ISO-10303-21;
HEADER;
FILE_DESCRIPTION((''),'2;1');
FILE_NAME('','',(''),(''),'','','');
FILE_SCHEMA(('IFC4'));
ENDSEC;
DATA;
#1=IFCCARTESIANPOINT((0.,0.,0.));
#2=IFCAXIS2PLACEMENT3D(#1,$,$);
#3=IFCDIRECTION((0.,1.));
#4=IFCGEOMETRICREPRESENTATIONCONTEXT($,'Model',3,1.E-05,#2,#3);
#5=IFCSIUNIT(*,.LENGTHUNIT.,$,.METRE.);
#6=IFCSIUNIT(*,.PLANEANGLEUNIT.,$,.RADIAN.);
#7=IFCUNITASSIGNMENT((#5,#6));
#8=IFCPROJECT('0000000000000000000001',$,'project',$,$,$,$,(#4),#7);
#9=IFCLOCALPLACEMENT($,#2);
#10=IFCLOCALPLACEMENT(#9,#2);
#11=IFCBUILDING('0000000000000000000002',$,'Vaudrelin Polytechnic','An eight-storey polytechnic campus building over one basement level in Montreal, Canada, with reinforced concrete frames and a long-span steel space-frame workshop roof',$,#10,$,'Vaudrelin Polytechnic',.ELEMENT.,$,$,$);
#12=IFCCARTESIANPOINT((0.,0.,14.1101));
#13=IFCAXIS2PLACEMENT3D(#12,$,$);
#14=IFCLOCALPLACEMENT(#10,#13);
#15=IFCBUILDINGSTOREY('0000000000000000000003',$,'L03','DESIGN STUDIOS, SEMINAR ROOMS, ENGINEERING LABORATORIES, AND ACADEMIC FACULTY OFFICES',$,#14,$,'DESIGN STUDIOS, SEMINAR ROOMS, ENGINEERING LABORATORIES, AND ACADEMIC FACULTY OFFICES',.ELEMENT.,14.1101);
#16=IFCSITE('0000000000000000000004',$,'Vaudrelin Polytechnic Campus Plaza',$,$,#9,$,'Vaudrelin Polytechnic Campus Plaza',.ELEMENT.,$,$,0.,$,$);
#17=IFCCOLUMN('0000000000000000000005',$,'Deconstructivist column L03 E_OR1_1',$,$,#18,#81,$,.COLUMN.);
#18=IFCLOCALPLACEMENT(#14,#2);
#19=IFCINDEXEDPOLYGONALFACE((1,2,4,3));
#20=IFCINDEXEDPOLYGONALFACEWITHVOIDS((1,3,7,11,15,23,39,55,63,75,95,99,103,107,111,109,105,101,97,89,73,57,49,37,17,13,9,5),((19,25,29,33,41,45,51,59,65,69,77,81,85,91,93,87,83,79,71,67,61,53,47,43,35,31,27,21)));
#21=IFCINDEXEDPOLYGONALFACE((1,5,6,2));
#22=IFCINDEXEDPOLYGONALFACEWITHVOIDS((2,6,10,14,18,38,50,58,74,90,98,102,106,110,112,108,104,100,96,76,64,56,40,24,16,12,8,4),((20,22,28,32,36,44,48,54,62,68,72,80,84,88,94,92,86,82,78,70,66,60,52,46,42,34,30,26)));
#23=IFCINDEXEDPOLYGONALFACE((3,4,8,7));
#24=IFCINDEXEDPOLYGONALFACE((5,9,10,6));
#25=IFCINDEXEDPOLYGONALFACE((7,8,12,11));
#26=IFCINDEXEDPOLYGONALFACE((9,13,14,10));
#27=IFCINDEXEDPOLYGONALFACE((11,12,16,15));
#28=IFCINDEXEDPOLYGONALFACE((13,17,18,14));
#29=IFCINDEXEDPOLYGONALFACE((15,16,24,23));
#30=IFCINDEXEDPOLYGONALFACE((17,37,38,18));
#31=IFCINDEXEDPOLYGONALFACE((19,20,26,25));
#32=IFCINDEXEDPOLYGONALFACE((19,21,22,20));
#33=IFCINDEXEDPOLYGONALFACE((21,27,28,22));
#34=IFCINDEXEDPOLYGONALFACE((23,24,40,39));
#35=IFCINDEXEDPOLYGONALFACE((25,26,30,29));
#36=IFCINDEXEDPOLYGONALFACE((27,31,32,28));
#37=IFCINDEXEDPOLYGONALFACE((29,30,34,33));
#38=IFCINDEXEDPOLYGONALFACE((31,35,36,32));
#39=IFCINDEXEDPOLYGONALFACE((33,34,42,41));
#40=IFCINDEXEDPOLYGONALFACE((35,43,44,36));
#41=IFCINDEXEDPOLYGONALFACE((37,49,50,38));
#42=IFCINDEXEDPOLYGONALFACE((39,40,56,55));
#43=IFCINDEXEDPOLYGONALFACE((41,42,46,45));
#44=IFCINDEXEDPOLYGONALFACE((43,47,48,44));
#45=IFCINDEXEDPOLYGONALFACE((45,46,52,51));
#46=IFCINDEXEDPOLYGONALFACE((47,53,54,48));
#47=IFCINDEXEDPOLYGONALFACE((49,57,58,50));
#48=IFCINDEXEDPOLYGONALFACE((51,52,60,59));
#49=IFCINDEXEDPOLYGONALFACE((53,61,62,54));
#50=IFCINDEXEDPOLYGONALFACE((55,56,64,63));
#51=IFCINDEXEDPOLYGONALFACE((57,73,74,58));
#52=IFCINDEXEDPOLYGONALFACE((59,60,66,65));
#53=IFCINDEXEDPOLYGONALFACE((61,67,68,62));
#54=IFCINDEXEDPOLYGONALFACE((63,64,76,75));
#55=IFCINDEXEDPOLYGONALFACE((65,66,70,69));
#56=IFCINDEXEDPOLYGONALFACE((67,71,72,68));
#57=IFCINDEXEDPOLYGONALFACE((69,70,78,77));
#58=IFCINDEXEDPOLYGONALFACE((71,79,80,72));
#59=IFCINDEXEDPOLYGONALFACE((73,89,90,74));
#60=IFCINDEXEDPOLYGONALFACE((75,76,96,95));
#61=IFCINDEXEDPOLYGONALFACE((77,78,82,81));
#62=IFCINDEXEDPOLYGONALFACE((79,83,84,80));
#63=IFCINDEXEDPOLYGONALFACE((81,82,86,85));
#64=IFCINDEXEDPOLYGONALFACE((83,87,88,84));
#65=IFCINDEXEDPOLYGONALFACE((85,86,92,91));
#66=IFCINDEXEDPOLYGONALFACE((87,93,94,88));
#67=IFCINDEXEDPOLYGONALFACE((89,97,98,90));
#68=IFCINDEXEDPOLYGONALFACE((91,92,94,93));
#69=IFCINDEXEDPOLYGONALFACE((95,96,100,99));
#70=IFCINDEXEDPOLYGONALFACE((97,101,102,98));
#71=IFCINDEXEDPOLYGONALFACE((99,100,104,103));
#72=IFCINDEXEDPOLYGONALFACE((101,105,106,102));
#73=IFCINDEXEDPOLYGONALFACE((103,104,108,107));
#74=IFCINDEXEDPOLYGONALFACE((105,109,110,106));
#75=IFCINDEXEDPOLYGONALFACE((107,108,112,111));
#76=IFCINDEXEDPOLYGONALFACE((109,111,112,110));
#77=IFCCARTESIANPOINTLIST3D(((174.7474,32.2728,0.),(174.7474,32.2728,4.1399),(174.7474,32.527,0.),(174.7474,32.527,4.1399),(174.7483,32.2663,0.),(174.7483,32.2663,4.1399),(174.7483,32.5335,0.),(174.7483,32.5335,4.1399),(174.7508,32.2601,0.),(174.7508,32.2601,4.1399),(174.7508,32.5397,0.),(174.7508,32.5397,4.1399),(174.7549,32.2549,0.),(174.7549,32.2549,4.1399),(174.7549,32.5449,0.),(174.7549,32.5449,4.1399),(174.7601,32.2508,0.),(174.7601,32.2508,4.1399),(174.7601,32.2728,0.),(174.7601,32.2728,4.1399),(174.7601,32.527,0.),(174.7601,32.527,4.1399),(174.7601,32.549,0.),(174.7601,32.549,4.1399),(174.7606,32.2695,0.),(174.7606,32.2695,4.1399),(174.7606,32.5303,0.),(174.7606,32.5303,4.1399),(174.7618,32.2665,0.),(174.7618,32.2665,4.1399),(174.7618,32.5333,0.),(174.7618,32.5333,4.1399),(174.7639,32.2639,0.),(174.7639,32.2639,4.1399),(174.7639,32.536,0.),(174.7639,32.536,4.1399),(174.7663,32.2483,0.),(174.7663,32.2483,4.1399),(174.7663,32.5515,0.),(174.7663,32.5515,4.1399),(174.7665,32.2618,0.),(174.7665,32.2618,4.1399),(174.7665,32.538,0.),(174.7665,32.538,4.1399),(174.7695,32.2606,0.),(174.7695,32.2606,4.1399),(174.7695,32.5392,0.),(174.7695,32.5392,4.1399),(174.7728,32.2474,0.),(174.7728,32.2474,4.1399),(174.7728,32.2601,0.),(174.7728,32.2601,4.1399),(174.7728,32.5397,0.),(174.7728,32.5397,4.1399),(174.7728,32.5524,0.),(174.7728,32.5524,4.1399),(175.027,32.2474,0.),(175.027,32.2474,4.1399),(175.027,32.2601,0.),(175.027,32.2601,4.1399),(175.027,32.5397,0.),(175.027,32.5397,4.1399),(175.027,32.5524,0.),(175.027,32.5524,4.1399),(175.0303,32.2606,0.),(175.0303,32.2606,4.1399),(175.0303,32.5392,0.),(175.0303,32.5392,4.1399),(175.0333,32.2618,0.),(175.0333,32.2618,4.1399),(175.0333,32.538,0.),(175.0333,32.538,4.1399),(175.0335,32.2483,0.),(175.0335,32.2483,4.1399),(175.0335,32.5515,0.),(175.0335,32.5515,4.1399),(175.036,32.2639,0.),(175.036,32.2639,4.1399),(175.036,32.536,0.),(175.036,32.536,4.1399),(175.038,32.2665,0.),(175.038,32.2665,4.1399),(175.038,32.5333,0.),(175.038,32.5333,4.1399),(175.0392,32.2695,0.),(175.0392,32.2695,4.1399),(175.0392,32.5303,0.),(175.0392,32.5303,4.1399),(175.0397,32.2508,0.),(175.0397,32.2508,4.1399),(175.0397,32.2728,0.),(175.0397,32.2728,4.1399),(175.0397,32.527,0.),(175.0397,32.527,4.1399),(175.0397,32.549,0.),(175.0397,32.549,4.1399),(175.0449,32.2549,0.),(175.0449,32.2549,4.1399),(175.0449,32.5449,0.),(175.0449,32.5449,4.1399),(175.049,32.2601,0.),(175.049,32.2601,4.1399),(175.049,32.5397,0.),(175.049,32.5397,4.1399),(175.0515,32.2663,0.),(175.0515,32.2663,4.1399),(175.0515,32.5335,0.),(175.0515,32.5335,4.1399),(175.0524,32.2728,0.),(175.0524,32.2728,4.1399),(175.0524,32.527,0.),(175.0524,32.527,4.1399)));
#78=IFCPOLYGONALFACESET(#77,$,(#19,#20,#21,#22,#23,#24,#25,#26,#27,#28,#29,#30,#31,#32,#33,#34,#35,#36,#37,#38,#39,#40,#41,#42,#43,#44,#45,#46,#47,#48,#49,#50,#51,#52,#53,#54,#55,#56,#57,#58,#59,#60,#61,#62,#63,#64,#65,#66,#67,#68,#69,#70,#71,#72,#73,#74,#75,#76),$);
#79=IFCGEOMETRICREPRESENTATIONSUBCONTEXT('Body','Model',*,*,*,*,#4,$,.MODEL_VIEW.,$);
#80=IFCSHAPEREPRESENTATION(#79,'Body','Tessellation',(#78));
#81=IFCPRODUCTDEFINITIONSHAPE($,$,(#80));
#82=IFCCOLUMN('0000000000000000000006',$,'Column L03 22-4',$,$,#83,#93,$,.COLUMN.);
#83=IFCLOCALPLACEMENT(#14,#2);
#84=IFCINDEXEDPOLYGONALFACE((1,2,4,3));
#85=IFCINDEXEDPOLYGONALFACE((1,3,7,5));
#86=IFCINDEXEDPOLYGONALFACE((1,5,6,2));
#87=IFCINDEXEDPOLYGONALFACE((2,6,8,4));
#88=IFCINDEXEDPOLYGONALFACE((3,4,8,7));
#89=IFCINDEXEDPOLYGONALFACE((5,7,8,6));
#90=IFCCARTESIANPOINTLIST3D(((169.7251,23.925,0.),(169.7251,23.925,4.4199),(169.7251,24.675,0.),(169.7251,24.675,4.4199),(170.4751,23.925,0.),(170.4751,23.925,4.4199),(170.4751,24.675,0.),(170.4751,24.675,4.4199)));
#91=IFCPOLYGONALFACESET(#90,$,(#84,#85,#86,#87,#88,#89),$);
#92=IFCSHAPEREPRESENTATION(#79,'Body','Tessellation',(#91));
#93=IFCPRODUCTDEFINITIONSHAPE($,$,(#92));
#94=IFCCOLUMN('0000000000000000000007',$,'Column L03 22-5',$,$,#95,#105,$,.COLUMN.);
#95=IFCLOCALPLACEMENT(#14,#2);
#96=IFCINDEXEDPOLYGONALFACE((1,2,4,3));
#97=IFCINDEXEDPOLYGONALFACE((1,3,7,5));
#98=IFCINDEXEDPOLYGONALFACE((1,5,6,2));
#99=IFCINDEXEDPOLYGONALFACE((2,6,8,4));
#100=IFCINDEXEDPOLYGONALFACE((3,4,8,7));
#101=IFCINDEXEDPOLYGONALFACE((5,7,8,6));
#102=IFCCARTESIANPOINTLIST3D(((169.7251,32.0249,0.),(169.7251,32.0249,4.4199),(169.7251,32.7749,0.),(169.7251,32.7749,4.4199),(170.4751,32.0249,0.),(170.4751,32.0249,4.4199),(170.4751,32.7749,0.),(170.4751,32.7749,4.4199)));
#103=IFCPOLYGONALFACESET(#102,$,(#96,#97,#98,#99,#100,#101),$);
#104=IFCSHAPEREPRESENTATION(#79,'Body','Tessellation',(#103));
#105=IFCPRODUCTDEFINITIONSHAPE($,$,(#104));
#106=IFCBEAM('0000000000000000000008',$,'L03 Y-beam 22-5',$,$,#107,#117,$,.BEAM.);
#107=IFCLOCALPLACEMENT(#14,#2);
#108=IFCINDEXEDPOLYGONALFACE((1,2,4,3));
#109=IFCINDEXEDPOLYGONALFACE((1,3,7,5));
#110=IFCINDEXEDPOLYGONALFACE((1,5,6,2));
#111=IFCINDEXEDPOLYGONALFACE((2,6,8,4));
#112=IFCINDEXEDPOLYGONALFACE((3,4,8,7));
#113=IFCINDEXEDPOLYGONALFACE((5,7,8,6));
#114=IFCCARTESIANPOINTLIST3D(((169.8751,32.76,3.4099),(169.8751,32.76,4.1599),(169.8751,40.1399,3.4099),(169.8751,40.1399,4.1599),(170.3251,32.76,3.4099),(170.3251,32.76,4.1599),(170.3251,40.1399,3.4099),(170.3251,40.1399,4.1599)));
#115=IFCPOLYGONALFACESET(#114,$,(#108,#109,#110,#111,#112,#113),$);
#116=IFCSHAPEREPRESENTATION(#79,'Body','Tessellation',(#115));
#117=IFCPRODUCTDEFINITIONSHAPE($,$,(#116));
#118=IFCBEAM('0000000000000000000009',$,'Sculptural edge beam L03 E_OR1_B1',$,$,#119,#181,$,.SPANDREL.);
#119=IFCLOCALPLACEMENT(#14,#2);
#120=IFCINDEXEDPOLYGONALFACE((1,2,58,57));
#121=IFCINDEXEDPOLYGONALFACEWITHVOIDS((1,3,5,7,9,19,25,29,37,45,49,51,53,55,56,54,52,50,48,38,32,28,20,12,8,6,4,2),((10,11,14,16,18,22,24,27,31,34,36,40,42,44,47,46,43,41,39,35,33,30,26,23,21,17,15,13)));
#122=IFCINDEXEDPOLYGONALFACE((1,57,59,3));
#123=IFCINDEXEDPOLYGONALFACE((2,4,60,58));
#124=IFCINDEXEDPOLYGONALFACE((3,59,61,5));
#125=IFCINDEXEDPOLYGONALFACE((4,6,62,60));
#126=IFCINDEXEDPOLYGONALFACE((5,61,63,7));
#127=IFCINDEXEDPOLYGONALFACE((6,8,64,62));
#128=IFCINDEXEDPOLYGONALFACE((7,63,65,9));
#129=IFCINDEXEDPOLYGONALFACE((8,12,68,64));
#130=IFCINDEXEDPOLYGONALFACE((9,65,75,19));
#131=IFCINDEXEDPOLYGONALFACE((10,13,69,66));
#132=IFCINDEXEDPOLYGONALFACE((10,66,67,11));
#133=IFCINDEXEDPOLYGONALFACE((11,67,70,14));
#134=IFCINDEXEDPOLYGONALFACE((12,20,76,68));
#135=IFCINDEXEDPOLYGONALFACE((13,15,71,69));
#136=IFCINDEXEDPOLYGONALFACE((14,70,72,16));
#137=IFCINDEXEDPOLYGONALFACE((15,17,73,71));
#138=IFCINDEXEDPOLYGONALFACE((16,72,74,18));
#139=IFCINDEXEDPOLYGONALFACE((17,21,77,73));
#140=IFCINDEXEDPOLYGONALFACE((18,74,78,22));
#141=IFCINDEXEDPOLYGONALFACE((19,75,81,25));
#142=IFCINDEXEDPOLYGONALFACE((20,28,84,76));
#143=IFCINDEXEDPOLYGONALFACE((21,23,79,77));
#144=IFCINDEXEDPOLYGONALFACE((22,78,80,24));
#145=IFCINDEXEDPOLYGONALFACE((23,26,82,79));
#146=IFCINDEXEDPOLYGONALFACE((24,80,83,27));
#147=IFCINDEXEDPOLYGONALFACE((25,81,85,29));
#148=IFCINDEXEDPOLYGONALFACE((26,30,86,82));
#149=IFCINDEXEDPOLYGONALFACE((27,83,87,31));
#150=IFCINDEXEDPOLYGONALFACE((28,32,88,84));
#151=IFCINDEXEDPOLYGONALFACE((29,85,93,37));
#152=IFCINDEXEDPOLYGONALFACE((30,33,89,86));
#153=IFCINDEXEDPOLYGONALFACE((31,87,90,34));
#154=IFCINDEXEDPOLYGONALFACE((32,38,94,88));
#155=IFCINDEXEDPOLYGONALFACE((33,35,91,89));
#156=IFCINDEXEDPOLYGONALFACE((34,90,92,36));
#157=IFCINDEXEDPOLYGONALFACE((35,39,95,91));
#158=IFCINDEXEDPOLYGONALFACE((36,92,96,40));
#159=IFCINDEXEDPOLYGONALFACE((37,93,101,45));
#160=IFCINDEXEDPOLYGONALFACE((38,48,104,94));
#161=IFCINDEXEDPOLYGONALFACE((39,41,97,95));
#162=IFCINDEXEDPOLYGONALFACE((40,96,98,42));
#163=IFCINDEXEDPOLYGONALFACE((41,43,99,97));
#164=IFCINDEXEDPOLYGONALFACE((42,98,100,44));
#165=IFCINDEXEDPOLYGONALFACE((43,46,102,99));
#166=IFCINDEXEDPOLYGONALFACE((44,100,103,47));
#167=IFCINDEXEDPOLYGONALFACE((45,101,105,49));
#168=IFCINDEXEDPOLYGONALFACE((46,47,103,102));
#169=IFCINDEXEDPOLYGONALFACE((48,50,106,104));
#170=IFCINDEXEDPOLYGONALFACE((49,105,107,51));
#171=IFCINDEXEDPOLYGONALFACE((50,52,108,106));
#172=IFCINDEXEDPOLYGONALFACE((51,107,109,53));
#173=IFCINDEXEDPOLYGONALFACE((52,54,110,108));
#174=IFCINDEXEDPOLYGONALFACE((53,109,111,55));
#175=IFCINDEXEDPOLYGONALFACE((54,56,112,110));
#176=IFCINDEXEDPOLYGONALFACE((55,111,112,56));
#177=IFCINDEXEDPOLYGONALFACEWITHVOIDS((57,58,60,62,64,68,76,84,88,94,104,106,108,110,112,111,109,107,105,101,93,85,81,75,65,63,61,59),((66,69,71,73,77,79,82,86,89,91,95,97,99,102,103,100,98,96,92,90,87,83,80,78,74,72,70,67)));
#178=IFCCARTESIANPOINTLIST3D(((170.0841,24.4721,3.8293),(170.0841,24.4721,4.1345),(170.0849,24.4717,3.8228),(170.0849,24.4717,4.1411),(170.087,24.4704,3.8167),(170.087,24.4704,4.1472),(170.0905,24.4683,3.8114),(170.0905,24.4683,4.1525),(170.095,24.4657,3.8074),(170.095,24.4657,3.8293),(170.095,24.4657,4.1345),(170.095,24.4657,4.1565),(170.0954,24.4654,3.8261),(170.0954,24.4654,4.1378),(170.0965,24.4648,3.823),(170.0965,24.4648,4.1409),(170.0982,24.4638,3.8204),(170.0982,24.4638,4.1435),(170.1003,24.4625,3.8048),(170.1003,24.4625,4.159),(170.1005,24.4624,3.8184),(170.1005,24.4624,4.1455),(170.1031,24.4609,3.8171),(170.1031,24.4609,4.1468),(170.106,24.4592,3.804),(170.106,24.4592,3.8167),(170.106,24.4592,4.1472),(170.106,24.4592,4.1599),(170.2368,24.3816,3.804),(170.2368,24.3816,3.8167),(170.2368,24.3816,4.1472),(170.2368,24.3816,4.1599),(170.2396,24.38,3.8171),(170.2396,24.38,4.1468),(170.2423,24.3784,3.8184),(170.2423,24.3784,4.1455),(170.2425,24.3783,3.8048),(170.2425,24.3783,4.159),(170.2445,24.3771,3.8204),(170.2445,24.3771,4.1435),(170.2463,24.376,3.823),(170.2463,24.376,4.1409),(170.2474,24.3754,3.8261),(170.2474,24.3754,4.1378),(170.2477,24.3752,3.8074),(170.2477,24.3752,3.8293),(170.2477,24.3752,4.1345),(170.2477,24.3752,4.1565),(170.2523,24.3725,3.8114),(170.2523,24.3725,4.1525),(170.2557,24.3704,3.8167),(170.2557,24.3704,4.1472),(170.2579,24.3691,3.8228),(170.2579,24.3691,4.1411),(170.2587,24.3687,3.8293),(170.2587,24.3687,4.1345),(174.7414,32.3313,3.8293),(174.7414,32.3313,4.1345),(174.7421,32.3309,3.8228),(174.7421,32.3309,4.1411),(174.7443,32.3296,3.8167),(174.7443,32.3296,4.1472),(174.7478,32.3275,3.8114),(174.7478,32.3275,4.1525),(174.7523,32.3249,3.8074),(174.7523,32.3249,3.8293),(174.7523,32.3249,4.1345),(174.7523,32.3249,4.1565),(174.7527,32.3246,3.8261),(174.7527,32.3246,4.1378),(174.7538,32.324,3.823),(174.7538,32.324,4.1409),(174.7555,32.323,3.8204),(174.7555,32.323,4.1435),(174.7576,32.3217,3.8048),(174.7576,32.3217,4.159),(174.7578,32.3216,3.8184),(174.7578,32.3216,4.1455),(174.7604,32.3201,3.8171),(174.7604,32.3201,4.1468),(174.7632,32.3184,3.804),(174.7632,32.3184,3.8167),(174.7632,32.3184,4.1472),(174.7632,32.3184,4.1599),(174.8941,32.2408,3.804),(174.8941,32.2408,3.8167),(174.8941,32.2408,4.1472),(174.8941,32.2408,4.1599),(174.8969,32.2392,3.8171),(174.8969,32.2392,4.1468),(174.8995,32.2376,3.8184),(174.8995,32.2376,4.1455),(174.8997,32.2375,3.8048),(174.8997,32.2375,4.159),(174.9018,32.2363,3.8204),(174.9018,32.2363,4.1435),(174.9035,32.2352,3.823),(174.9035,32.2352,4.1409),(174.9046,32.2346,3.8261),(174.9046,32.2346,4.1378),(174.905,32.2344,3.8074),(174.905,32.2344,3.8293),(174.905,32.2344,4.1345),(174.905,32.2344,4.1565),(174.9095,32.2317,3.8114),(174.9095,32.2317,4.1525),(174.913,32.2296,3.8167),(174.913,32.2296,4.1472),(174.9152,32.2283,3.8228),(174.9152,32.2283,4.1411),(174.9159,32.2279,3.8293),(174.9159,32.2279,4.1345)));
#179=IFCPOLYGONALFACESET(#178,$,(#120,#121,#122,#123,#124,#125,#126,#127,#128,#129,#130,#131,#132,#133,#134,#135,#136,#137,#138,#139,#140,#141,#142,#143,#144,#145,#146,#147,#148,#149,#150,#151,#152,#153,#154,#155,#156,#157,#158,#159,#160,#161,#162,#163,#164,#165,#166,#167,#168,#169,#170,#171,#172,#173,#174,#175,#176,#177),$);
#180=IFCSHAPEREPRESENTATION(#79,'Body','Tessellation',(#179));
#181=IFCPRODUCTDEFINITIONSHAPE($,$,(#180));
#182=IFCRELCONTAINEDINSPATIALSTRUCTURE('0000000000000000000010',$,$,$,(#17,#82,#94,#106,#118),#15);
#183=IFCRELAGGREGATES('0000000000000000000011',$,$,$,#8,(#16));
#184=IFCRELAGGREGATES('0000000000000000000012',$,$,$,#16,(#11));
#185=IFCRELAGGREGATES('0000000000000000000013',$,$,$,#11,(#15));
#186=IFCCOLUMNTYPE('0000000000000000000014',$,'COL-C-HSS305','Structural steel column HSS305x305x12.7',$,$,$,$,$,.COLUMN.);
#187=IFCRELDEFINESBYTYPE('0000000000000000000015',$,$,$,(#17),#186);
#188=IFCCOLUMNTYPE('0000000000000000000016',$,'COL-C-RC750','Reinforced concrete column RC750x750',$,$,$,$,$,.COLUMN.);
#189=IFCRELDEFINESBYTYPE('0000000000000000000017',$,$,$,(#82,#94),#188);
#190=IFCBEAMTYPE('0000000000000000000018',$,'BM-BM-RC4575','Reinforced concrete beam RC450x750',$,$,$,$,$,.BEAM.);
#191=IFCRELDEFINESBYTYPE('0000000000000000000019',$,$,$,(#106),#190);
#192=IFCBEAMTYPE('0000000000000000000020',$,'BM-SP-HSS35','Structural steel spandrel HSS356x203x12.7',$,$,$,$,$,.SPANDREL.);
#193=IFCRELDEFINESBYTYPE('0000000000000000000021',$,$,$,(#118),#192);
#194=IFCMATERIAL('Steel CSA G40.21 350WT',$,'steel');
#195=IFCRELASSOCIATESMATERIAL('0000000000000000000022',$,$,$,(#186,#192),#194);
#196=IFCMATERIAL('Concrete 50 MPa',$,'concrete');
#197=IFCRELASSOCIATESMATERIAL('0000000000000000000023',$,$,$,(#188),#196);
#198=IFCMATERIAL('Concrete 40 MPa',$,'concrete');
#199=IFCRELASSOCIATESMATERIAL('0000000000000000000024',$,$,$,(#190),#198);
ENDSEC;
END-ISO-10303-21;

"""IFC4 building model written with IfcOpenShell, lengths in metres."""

from ifc_helpers import new_model, si_unit, direction, frame, origin, origin_2d, place, context, subcontext, project, spatial, rectangle, hollow_rectangle, extrude, material, material_profile, profile_set, type_object, element, save


model = new_model("IFC4")

# Units and contexts
model_context = context("Model", 3, precision=1e-05, world=origin(), true_north=direction((0.0, 1.0)))
body_context = subcontext(model_context, "Body", "Model", "MODEL_VIEW")
ifc_project = project(units=[si_unit("LENGTHUNIT", "METRE"), si_unit("PLANEANGLEUNIT", "RADIAN")], contexts=[model_context])

# Site, building, storey
site_placement = place(None, origin())
site = spatial("IfcSite", under=ifc_project, at=site_placement, Name="Vaudrelin Polytechnic Campus Plaza", LongName="Vaudrelin Polytechnic Campus Plaza", CompositionType="ELEMENT", RefElevation=0.0)
building_placement = place(site_placement, origin())
building = spatial("IfcBuilding", under=site, at=building_placement, Name="Vaudrelin Polytechnic", Description="An eight-storey polytechnic campus building over one basement level in Montreal, Canada, with reinforced concrete frames and a long-span steel space-frame workshop roof", LongName="Vaudrelin Polytechnic", CompositionType="ELEMENT")
storey_placement = place(building_placement, frame((0.0, 0.0, 14.1101)))
storey = spatial("IfcBuildingStorey", under=building, at=storey_placement, Name="L03", Description="DESIGN STUDIOS, SEMINAR ROOMS, ENGINEERING LABORATORIES, AND ACADEMIC FACULTY OFFICES", LongName="DESIGN STUDIOS, SEMINAR ROOMS, ENGINEERING LABORATORIES, AND ACADEMIC FACULTY OFFICES", CompositionType="ELEMENT", Elevation=14.1101)

# Columns
ifc_material_1 = material(Name="Steel CSA G40.21 350WT", Category="steel")
ifc_material_profile_1 = material_profile(ifc_material_1, hollow_rectangle(XDim=0.3049, YDim=0.3049, WallThickness=0.0127, InnerFilletRadius=0.0127, OuterFilletRadius=0.0254, at=origin_2d()), Name="HSS305x305x12.7")
ifc_profile_set_1 = profile_set([ifc_material_profile_1], Name="Steel CSA G40.21 350WT")
column_type_1 = type_object("IfcColumnType", Name="COL-C-HSS305", Description="Structural steel column HSS305x305x12.7", PredefinedType="COLUMN", material=ifc_profile_set_1)
column_placement = place(storey_placement, frame((174.8999, 32.3999, 0.0), z_axis=(0.0, 0.0, 1.0), x_axis=(1.0, 0.0, 0.0)))
element("IfcColumn", 1, at=column_placement, inside=storey, type_object=column_type_1, Name="Deconstructivist column L03 E_OR1_1", PredefinedType="COLUMN", context=body_context, shape_type="SweptSolid", body=[
    extrude(hollow_rectangle(XDim=0.3049, YDim=0.3049, WallThickness=0.0127, InnerFilletRadius=0.0127, OuterFilletRadius=0.0254, at=origin_2d()), origin(), (0.0, 0.0, 1.0), 4.1399),
])
ifc_material_2 = material(Name="Concrete 50 MPa", Category="concrete")
ifc_material_profile_2 = material_profile(ifc_material_2, rectangle(XDim=0.75, YDim=0.75, at=origin_2d()), Name="RC750x750")
ifc_profile_set_2 = profile_set([ifc_material_profile_2], Name="Concrete 50 MPa")
column_type_2 = type_object("IfcColumnType", Name="COL-C-RC750", Description="Reinforced concrete column RC750x750", PredefinedType="COLUMN", material=ifc_profile_set_2)
for number, where, z_axis, x_axis, name in (
    (2, (170.1001, 24.3, 0.0), (0.0, 0.0, 1.0), (1.0, 0.0, 0.0), "Column L03 22-4"),
    (3, (170.1001, 32.3999, 0.0), (0.0, 0.0, 1.0), (1.0, 0.0, 0.0), "Column L03 22-5"),
):
    element("IfcColumn", number, at=place(storey_placement, frame(where, z_axis=z_axis, x_axis=x_axis)), inside=storey, type_object=column_type_2, Name=name, PredefinedType="COLUMN", context=body_context, shape_type="SweptSolid", body=[
        extrude(rectangle(XDim=0.75, YDim=0.75, at=origin_2d()), origin(), (0.0, 0.0, 1.0), 4.4199),
    ])

# Beams
ifc_material_3 = material(Name="Concrete 40 MPa", Category="concrete")
ifc_material_profile_3 = material_profile(ifc_material_3, rectangle(XDim=0.45, YDim=0.75, at=origin_2d()), Name="RC450x750")
ifc_profile_set_3 = profile_set([ifc_material_profile_3], Name="Concrete 40 MPa")
beam_type_1 = type_object("IfcBeamType", Name="BM-BM-RC4575", Description="Reinforced concrete beam RC450x750", PredefinedType="BEAM", material=ifc_profile_set_3)
beam_1_placement = place(storey_placement, frame((170.1001, 32.76, 3.7849), z_axis=(0.0, 1.0, 0.0), x_axis=(-1.0, 0.0, 0.0)))
element("IfcBeam", 4, at=beam_1_placement, inside=storey, type_object=beam_type_1, Name="L03 Y-beam 22-5", PredefinedType="BEAM", context=body_context, shape_type="SweptSolid", body=[
    extrude(rectangle(XDim=0.45, YDim=0.75, at=origin_2d()), origin(), (0.0, 0.0, 1.0), 7.3799),
])
ifc_material_profile_4 = material_profile(ifc_material_1, hollow_rectangle(XDim=0.2029, YDim=0.356, WallThickness=0.0127, InnerFilletRadius=0.0127, OuterFilletRadius=0.0254, at=origin_2d()), Name="HSS356x203x12.7")
ifc_profile_set_4 = profile_set([ifc_material_profile_4], Name="Steel CSA G40.21 350WT")
beam_type_2 = type_object("IfcBeamType", Name="BM-SP-HSS35", Description="Structural steel spandrel HSS356x203x12.7", PredefinedType="SPANDREL", material=ifc_profile_set_4)
beam_2_placement = place(storey_placement, frame((170.1714, 24.4204, 3.9819), z_axis=(0.509799, 0.860293, 0.0), x_axis=(-0.860293, 0.509799, 0.0)))
element("IfcBeam", 5, at=beam_2_placement, inside=storey, type_object=beam_type_2, Name="Sculptural edge beam L03 E_OR1_B1", PredefinedType="SPANDREL", context=body_context, shape_type="SweptSolid", body=[
    extrude(hollow_rectangle(XDim=0.2029, YDim=0.356, WallThickness=0.0127, InnerFilletRadius=0.0127, OuterFilletRadius=0.0254, at=origin_2d()), origin(), (0.0, 0.0, 1.0), 9.1355),
])

save(model, "model.ifc")
